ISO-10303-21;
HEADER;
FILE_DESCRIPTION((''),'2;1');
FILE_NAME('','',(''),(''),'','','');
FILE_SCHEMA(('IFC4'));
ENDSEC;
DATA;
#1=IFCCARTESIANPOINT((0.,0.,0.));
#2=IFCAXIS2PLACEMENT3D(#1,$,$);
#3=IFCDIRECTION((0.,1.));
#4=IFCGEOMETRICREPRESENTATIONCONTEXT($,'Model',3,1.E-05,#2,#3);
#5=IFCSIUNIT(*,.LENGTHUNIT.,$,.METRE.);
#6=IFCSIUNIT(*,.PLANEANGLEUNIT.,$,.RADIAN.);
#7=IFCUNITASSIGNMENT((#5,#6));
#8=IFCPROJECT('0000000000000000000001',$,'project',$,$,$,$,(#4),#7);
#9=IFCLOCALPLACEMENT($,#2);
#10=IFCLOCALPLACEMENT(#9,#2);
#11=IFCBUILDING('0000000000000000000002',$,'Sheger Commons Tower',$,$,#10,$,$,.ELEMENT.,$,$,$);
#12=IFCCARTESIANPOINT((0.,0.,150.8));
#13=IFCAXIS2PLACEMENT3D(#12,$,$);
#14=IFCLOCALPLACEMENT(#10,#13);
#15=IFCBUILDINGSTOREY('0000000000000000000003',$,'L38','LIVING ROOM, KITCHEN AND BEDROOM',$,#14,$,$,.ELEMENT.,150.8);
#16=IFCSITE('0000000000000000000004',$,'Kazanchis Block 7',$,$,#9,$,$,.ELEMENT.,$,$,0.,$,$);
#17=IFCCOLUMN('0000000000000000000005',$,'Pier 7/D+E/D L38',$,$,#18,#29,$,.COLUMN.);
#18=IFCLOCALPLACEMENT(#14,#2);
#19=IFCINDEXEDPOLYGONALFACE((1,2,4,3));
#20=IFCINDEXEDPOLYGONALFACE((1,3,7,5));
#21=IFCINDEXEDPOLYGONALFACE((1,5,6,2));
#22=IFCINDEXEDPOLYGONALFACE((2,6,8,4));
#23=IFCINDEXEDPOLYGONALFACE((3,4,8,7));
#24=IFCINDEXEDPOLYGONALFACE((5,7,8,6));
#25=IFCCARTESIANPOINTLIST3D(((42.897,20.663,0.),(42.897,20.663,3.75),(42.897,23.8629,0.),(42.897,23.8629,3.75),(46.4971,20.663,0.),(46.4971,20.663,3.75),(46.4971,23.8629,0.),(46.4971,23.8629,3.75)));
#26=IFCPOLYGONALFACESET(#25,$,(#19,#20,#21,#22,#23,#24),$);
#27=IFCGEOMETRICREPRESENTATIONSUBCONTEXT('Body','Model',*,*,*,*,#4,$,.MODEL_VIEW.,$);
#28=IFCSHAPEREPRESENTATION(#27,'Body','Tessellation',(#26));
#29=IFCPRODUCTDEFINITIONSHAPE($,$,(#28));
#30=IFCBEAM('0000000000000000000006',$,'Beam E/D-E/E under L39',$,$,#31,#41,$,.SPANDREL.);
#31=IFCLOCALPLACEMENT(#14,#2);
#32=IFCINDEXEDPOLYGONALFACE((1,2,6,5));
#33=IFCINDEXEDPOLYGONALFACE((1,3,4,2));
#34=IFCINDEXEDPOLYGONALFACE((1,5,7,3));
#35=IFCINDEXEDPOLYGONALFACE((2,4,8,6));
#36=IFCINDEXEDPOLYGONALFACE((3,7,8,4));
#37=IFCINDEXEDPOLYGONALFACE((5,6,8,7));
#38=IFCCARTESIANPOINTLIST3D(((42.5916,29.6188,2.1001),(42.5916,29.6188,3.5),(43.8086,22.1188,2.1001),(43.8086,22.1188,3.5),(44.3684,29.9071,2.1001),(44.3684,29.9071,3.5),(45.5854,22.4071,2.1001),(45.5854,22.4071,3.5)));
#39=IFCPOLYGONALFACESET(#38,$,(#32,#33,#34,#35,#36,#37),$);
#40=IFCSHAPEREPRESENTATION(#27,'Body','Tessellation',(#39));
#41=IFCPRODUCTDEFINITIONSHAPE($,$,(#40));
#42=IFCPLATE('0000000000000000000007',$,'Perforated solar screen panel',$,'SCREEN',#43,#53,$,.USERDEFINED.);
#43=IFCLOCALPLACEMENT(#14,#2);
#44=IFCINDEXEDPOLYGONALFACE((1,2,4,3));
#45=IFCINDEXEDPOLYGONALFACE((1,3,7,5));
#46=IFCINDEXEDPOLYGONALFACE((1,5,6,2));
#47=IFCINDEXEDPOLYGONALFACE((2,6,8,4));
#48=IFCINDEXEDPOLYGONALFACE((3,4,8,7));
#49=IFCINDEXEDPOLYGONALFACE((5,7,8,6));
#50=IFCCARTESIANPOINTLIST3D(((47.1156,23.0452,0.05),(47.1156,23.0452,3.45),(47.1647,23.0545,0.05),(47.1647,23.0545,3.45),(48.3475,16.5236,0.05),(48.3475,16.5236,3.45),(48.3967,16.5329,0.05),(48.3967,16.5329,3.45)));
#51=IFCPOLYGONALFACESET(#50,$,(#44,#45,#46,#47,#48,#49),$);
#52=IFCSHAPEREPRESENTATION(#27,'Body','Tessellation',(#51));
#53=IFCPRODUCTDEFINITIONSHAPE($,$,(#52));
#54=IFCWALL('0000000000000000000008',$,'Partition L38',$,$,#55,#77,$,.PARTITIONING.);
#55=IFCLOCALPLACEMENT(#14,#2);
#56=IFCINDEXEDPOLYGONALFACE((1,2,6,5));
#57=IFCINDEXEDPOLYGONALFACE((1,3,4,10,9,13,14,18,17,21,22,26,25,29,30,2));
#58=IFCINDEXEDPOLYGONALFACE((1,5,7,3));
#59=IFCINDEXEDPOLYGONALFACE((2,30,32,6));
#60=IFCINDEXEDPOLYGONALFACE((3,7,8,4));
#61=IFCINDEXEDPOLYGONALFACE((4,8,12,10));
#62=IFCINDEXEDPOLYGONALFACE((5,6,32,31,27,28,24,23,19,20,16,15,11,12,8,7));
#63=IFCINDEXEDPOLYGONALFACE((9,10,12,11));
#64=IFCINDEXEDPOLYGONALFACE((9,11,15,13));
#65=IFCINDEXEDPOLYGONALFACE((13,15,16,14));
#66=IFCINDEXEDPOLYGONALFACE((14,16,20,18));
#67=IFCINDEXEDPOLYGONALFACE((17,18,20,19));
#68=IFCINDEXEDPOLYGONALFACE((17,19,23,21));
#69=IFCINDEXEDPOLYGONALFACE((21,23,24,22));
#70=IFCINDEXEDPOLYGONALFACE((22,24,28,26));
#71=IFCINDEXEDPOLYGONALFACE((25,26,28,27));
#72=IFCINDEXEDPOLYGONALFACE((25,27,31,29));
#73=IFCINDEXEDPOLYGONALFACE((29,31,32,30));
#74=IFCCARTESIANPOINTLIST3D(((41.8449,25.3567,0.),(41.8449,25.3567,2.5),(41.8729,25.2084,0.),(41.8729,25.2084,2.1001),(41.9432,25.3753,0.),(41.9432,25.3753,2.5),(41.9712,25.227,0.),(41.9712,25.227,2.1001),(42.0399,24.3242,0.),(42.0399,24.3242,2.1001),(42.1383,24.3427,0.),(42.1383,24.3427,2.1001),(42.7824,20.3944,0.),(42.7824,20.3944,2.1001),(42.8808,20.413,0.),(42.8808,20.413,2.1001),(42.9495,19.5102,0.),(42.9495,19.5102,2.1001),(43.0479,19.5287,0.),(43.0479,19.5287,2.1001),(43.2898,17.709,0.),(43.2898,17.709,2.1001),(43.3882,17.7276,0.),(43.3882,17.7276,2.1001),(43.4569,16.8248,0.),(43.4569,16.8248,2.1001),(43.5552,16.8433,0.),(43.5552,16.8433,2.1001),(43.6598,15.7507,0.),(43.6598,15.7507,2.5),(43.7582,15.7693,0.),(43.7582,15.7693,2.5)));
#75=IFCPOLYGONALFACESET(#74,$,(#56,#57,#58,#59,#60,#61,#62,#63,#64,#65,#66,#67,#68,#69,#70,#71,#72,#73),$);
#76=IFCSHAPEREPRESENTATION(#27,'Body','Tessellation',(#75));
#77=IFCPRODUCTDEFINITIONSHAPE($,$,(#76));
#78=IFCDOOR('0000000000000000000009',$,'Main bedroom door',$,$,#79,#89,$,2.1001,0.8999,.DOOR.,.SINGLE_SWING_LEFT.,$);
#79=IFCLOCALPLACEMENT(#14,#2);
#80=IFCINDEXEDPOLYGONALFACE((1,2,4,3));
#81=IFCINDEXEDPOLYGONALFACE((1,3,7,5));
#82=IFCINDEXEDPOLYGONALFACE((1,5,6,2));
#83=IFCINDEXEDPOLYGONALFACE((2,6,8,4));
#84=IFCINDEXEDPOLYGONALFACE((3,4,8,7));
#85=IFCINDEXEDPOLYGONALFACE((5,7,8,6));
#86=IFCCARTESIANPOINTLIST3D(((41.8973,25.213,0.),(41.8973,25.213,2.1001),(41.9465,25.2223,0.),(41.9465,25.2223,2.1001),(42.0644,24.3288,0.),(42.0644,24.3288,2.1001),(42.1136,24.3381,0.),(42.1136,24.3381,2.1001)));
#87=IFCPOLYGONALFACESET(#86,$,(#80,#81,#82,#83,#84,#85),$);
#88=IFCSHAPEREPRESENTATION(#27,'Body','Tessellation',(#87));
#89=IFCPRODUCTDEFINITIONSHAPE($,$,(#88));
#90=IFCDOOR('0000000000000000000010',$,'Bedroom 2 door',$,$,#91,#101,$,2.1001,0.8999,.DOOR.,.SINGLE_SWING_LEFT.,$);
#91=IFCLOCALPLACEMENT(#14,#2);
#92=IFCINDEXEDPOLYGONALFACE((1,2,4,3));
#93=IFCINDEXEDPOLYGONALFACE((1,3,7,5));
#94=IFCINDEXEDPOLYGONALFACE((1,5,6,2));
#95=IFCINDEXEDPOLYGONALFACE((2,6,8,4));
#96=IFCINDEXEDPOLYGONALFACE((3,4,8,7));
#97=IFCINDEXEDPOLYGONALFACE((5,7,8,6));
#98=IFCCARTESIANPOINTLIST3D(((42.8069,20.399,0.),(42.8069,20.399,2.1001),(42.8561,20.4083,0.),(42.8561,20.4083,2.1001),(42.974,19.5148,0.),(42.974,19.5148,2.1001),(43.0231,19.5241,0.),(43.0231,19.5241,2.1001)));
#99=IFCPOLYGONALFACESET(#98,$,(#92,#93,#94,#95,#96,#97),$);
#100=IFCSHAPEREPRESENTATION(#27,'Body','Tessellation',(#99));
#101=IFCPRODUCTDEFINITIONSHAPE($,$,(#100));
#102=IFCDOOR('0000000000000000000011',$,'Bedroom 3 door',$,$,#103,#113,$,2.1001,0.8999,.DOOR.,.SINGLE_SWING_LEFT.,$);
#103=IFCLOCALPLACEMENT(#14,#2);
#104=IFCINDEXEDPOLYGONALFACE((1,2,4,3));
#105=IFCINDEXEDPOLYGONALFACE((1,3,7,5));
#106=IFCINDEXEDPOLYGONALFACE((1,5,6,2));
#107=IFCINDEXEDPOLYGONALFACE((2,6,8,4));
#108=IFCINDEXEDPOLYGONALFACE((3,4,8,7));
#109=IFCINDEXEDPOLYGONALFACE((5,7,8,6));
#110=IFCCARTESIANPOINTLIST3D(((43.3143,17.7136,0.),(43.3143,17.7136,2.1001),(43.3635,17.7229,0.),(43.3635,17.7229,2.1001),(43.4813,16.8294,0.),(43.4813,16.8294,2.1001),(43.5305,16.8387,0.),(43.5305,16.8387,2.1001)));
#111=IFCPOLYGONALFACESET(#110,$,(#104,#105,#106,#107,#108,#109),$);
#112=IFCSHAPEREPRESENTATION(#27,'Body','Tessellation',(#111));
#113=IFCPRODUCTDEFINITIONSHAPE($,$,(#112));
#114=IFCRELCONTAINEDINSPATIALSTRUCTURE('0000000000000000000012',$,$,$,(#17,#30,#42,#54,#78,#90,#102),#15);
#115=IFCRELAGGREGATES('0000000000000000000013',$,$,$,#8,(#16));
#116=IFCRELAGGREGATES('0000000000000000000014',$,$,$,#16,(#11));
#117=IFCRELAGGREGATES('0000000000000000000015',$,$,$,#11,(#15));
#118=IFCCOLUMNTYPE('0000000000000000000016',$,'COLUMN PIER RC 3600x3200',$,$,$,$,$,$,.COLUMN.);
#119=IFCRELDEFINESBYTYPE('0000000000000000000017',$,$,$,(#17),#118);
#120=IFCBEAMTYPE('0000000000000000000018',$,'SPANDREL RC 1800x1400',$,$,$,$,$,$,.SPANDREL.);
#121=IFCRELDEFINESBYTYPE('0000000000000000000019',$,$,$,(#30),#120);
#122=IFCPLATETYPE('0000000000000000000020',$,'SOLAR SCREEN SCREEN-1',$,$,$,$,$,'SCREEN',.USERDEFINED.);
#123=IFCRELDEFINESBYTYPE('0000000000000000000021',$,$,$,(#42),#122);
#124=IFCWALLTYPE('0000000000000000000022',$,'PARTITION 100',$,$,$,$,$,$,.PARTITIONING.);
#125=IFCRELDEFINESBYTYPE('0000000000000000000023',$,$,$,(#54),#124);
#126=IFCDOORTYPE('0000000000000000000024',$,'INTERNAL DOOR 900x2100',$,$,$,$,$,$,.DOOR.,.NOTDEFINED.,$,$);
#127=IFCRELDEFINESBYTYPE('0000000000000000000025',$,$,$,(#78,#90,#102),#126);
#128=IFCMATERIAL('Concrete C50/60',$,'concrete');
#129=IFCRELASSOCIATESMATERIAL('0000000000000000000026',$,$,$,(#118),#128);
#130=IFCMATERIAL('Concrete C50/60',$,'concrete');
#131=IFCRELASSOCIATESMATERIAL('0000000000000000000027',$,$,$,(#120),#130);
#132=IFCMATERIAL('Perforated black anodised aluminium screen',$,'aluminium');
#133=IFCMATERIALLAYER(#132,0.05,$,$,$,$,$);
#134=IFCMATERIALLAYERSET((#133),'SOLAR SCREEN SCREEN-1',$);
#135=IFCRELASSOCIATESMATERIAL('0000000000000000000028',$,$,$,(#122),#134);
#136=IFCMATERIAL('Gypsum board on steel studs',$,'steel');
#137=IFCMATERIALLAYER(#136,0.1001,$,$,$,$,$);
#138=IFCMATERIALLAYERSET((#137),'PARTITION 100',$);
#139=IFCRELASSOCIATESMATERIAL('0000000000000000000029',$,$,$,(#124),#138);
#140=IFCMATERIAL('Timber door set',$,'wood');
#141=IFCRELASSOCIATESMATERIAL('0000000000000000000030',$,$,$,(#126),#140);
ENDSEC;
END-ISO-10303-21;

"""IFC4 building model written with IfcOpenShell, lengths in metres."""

from ifc_helpers import new_model, si_unit, direction, frame, frame_2d, origin, origin_2d, place, context, subcontext, project, spatial, rectangle, extrude, material, layer, layer_set, material_profile, profile_set, type_object, element, fill, save


model = new_model("IFC4")

# Units and contexts
model_context = context("Model", 3, precision=1e-05, world=origin(), true_north=direction((0.0, 1.0)))
body_context = subcontext(model_context, "Body", "Model", "MODEL_VIEW")
ifc_project = project(units=[si_unit("LENGTHUNIT", "METRE"), si_unit("PLANEANGLEUNIT", "RADIAN")], contexts=[model_context])

# Site, building, storey
site_placement = place(None, origin())
site = spatial("IfcSite", under=ifc_project, at=site_placement, Name="Kazanchis Block 7", CompositionType="ELEMENT", RefElevation=0.0)
building_placement = place(site_placement, origin())
building = spatial("IfcBuilding", under=site, at=building_placement, Name="Sheger Commons Tower", CompositionType="ELEMENT")
storey_placement = place(building_placement, frame((0.0, 0.0, 150.8)))
storey = spatial("IfcBuildingStorey", under=building, at=storey_placement, Name="L38", Description="LIVING ROOM, KITCHEN AND BEDROOM", CompositionType="ELEMENT", Elevation=150.8)

# Column
ifc_material_1 = material(Name="Concrete C50/60", Category="concrete")
ifc_material_profile_1 = material_profile(ifc_material_1, rectangle(XDim=3.6001, YDim=3.2, at=origin_2d()), Name="RC 3600x3200")
ifc_profile_set_1 = profile_set([ifc_material_profile_1], Name="Concrete C50/60")
column_type = type_object("IfcColumnType", Name="COLUMN PIER RC 3600x3200", PredefinedType="COLUMN", material=ifc_profile_set_1)
column_placement = place(storey_placement, frame((44.697, 22.2629, 0.0), z_axis=(0.0, 0.0, 1.0), x_axis=(1.0, 0.0, 0.0)))
element("IfcColumn", 1, at=column_placement, inside=storey, type_object=column_type, Name="Pier 7/D+E/D L38", PredefinedType="COLUMN", context=body_context, shape_type="SweptSolid", body=[
    extrude(rectangle(XDim=3.6001, YDim=3.2, at=origin_2d()), origin(), (0.0, 0.0, 1.0), 3.75),
])

# Beam
ifc_material_2 = material(Name="Concrete C50/60", Category="concrete")
ifc_material_profile_2 = material_profile(ifc_material_2, rectangle(XDim=1.8, YDim=1.3999, at=origin_2d()), Name="RC 1800x1400")
ifc_profile_set_2 = profile_set([ifc_material_profile_2], Name="Concrete C50/60")
beam_type = type_object("IfcBeamType", Name="SPANDREL RC 1800x1400", PredefinedType="SPANDREL", material=ifc_profile_set_2)
beam_placement = place(storey_placement, frame((44.697, 22.2629, 2.8), z_axis=(-0.160177, 0.987088, 0.0), x_axis=(-0.987088, -0.160177, 0.0)))
element("IfcBeam", 2, at=beam_placement, inside=storey, type_object=beam_type, Name="Beam E/D-E/E under L39", PredefinedType="SPANDREL", context=body_context, shape_type="SweptSolid", body=[
    extrude(rectangle(XDim=1.8, YDim=1.3999, at=origin_2d()), origin(), (0.0, 0.0, 1.0), 7.5981),
])

# Plate
ifc_material_3 = material(Name="Perforated black anodised aluminium screen", Category="aluminium")
ifc_layer_1 = layer(ifc_material_3, 0.05)
ifc_layer_set_1 = layer_set([ifc_layer_1], Name="SOLAR SCREEN SCREEN-1")
plate_type = type_object("IfcPlateType", Name="SOLAR SCREEN SCREEN-1", ElementType="SCREEN", PredefinedType="USERDEFINED", material=ifc_layer_set_1)
plate_placement = place(storey_placement, frame((47.7561, 19.7891, 0.05), z_axis=(0.0, 0.0, 1.0), x_axis=(-0.185615, 0.982623, 0.0)))
element("IfcPlate", 3, at=plate_placement, inside=storey, type_object=plate_type, Name="Perforated solar screen panel", ObjectType="SCREEN", PredefinedType="USERDEFINED", context=body_context, shape_type="SweptSolid", body=[
    extrude(rectangle(XDim=6.637, YDim=0.05, at=origin_2d()), origin(), (0.0, 0.0, 1.0), 3.3999),
])

# Wall, openings, doors
ifc_material_4 = material(Name="Gypsum board on steel studs", Category="steel")
ifc_layer_2 = layer(ifc_material_4, 0.1001)
ifc_layer_set_2 = layer_set([ifc_layer_2], Name="PARTITION 100")
wall_type = type_object("IfcWallType", Name="PARTITION 100", PredefinedType="PARTITIONING", material=ifc_layer_set_2)
wall_1_placement = place(storey_placement, frame((41.894, 25.366, 0.0), z_axis=(0.0, 0.0, 1.0), x_axis=(0.185654, -0.982615, 0.0)))
wall_1 = element("IfcWall", 4, at=wall_1_placement, inside=storey, type_object=wall_type, Name="Partition L38", PredefinedType="PARTITIONING", context=body_context, shape_type="SweptSolid", body=[
    extrude(rectangle(XDim=9.7759, YDim=0.1001, at=frame_2d((4.8879, 0.0))), origin(), (0.0, 0.0, 1.0), 2.5),
])
opening_1_placement = place(wall_1_placement, frame((0.1509, 0.0, 0.0)))
opening_1 = element("IfcOpeningElement", 5, at=opening_1_placement, cuts=wall_1, PredefinedType="OPENING", context=body_context, shape_type="SweptSolid", body=[
    extrude(rectangle(XDim=0.8999, YDim=2.1001, at=frame_2d((0.45, 1.05))), frame((0.0, 0.0601, 0.0), z_axis=(0.0, -1.0, 0.0), x_axis=(1.0, 0.0, 0.0)), (0.0, 0.0, 1.0), 0.1201),
])
opening_2_placement = place(wall_1_placement, frame((5.05, 0.0, 0.0)))
opening_2 = element("IfcOpeningElement", 6, at=opening_2_placement, cuts=wall_1, PredefinedType="OPENING", context=body_context, shape_type="SweptSolid", body=[
    extrude(rectangle(XDim=0.8999, YDim=2.1001, at=frame_2d((0.45, 1.05))), frame((0.0, 0.0601, 0.0), z_axis=(0.0, -1.0, 0.0), x_axis=(1.0, 0.0, 0.0)), (0.0, 0.0, 1.0), 0.1201),
])
opening_3_placement = place(wall_1_placement, frame((7.783, 0.0, 0.0)))
opening_3 = element("IfcOpeningElement", 7, at=opening_3_placement, cuts=wall_1, PredefinedType="OPENING", context=body_context, shape_type="SweptSolid", body=[
    extrude(rectangle(XDim=0.8999, YDim=2.1001, at=frame_2d((0.45, 1.05))), frame((0.0, 0.0601, 0.0), z_axis=(0.0, -1.0, 0.0), x_axis=(1.0, 0.0, 0.0)), (0.0, 0.0, 1.0), 0.1201),
])
ifc_material_5 = material(Name="Timber door set", Category="wood")
door_type = type_object("IfcDoorType", Name="INTERNAL DOOR 900x2100", OperationType="NOTDEFINED", PredefinedType="DOOR", material=ifc_material_5)
door_1_placement = place(opening_1_placement, origin())
door_1 = element("IfcDoor", 8, at=door_1_placement, inside=storey, type_object=door_type, Name="Main bedroom door", OperationType="SINGLE_SWING_LEFT", OverallHeight=2.1001, OverallWidth=0.8999, PredefinedType="DOOR", context=body_context, shape_type="SweptSolid", body=[
    extrude(rectangle(XDim=0.8999, YDim=2.1001, at=frame_2d((0.45, 1.05))), frame((0.0, 0.0249, 0.0), z_axis=(0.0, -1.0, 0.0), x_axis=(1.0, 0.0, 0.0)), (0.0, 0.0, 1.0), 0.05),
])
fill(opening_1, door_1)
door_2_placement = place(opening_2_placement, origin())
door_2 = element("IfcDoor", 9, at=door_2_placement, inside=storey, type_object=door_type, Name="Bedroom 2 door", OperationType="SINGLE_SWING_LEFT", OverallHeight=2.1001, OverallWidth=0.8999, PredefinedType="DOOR", context=body_context, shape_type="SweptSolid", body=[
    extrude(rectangle(XDim=0.8999, YDim=2.1001, at=frame_2d((0.45, 1.05))), frame((0.0, 0.0249, 0.0), z_axis=(0.0, -1.0, 0.0), x_axis=(1.0, 0.0, 0.0)), (0.0, 0.0, 1.0), 0.05),
])
fill(opening_2, door_2)
door_3_placement = place(opening_3_placement, origin())
door_3 = element("IfcDoor", 10, at=door_3_placement, inside=storey, type_object=door_type, Name="Bedroom 3 door", OperationType="SINGLE_SWING_LEFT", OverallHeight=2.1001, OverallWidth=0.8999, PredefinedType="DOOR", context=body_context, shape_type="SweptSolid", body=[
    extrude(rectangle(XDim=0.8999, YDim=2.1001, at=frame_2d((0.45, 1.05))), frame((0.0, 0.0249, 0.0), z_axis=(0.0, -1.0, 0.0), x_axis=(1.0, 0.0, 0.0)), (0.0, 0.0, 1.0), 0.05),
])
fill(opening_3, door_3)

save(model, "model.ifc")
